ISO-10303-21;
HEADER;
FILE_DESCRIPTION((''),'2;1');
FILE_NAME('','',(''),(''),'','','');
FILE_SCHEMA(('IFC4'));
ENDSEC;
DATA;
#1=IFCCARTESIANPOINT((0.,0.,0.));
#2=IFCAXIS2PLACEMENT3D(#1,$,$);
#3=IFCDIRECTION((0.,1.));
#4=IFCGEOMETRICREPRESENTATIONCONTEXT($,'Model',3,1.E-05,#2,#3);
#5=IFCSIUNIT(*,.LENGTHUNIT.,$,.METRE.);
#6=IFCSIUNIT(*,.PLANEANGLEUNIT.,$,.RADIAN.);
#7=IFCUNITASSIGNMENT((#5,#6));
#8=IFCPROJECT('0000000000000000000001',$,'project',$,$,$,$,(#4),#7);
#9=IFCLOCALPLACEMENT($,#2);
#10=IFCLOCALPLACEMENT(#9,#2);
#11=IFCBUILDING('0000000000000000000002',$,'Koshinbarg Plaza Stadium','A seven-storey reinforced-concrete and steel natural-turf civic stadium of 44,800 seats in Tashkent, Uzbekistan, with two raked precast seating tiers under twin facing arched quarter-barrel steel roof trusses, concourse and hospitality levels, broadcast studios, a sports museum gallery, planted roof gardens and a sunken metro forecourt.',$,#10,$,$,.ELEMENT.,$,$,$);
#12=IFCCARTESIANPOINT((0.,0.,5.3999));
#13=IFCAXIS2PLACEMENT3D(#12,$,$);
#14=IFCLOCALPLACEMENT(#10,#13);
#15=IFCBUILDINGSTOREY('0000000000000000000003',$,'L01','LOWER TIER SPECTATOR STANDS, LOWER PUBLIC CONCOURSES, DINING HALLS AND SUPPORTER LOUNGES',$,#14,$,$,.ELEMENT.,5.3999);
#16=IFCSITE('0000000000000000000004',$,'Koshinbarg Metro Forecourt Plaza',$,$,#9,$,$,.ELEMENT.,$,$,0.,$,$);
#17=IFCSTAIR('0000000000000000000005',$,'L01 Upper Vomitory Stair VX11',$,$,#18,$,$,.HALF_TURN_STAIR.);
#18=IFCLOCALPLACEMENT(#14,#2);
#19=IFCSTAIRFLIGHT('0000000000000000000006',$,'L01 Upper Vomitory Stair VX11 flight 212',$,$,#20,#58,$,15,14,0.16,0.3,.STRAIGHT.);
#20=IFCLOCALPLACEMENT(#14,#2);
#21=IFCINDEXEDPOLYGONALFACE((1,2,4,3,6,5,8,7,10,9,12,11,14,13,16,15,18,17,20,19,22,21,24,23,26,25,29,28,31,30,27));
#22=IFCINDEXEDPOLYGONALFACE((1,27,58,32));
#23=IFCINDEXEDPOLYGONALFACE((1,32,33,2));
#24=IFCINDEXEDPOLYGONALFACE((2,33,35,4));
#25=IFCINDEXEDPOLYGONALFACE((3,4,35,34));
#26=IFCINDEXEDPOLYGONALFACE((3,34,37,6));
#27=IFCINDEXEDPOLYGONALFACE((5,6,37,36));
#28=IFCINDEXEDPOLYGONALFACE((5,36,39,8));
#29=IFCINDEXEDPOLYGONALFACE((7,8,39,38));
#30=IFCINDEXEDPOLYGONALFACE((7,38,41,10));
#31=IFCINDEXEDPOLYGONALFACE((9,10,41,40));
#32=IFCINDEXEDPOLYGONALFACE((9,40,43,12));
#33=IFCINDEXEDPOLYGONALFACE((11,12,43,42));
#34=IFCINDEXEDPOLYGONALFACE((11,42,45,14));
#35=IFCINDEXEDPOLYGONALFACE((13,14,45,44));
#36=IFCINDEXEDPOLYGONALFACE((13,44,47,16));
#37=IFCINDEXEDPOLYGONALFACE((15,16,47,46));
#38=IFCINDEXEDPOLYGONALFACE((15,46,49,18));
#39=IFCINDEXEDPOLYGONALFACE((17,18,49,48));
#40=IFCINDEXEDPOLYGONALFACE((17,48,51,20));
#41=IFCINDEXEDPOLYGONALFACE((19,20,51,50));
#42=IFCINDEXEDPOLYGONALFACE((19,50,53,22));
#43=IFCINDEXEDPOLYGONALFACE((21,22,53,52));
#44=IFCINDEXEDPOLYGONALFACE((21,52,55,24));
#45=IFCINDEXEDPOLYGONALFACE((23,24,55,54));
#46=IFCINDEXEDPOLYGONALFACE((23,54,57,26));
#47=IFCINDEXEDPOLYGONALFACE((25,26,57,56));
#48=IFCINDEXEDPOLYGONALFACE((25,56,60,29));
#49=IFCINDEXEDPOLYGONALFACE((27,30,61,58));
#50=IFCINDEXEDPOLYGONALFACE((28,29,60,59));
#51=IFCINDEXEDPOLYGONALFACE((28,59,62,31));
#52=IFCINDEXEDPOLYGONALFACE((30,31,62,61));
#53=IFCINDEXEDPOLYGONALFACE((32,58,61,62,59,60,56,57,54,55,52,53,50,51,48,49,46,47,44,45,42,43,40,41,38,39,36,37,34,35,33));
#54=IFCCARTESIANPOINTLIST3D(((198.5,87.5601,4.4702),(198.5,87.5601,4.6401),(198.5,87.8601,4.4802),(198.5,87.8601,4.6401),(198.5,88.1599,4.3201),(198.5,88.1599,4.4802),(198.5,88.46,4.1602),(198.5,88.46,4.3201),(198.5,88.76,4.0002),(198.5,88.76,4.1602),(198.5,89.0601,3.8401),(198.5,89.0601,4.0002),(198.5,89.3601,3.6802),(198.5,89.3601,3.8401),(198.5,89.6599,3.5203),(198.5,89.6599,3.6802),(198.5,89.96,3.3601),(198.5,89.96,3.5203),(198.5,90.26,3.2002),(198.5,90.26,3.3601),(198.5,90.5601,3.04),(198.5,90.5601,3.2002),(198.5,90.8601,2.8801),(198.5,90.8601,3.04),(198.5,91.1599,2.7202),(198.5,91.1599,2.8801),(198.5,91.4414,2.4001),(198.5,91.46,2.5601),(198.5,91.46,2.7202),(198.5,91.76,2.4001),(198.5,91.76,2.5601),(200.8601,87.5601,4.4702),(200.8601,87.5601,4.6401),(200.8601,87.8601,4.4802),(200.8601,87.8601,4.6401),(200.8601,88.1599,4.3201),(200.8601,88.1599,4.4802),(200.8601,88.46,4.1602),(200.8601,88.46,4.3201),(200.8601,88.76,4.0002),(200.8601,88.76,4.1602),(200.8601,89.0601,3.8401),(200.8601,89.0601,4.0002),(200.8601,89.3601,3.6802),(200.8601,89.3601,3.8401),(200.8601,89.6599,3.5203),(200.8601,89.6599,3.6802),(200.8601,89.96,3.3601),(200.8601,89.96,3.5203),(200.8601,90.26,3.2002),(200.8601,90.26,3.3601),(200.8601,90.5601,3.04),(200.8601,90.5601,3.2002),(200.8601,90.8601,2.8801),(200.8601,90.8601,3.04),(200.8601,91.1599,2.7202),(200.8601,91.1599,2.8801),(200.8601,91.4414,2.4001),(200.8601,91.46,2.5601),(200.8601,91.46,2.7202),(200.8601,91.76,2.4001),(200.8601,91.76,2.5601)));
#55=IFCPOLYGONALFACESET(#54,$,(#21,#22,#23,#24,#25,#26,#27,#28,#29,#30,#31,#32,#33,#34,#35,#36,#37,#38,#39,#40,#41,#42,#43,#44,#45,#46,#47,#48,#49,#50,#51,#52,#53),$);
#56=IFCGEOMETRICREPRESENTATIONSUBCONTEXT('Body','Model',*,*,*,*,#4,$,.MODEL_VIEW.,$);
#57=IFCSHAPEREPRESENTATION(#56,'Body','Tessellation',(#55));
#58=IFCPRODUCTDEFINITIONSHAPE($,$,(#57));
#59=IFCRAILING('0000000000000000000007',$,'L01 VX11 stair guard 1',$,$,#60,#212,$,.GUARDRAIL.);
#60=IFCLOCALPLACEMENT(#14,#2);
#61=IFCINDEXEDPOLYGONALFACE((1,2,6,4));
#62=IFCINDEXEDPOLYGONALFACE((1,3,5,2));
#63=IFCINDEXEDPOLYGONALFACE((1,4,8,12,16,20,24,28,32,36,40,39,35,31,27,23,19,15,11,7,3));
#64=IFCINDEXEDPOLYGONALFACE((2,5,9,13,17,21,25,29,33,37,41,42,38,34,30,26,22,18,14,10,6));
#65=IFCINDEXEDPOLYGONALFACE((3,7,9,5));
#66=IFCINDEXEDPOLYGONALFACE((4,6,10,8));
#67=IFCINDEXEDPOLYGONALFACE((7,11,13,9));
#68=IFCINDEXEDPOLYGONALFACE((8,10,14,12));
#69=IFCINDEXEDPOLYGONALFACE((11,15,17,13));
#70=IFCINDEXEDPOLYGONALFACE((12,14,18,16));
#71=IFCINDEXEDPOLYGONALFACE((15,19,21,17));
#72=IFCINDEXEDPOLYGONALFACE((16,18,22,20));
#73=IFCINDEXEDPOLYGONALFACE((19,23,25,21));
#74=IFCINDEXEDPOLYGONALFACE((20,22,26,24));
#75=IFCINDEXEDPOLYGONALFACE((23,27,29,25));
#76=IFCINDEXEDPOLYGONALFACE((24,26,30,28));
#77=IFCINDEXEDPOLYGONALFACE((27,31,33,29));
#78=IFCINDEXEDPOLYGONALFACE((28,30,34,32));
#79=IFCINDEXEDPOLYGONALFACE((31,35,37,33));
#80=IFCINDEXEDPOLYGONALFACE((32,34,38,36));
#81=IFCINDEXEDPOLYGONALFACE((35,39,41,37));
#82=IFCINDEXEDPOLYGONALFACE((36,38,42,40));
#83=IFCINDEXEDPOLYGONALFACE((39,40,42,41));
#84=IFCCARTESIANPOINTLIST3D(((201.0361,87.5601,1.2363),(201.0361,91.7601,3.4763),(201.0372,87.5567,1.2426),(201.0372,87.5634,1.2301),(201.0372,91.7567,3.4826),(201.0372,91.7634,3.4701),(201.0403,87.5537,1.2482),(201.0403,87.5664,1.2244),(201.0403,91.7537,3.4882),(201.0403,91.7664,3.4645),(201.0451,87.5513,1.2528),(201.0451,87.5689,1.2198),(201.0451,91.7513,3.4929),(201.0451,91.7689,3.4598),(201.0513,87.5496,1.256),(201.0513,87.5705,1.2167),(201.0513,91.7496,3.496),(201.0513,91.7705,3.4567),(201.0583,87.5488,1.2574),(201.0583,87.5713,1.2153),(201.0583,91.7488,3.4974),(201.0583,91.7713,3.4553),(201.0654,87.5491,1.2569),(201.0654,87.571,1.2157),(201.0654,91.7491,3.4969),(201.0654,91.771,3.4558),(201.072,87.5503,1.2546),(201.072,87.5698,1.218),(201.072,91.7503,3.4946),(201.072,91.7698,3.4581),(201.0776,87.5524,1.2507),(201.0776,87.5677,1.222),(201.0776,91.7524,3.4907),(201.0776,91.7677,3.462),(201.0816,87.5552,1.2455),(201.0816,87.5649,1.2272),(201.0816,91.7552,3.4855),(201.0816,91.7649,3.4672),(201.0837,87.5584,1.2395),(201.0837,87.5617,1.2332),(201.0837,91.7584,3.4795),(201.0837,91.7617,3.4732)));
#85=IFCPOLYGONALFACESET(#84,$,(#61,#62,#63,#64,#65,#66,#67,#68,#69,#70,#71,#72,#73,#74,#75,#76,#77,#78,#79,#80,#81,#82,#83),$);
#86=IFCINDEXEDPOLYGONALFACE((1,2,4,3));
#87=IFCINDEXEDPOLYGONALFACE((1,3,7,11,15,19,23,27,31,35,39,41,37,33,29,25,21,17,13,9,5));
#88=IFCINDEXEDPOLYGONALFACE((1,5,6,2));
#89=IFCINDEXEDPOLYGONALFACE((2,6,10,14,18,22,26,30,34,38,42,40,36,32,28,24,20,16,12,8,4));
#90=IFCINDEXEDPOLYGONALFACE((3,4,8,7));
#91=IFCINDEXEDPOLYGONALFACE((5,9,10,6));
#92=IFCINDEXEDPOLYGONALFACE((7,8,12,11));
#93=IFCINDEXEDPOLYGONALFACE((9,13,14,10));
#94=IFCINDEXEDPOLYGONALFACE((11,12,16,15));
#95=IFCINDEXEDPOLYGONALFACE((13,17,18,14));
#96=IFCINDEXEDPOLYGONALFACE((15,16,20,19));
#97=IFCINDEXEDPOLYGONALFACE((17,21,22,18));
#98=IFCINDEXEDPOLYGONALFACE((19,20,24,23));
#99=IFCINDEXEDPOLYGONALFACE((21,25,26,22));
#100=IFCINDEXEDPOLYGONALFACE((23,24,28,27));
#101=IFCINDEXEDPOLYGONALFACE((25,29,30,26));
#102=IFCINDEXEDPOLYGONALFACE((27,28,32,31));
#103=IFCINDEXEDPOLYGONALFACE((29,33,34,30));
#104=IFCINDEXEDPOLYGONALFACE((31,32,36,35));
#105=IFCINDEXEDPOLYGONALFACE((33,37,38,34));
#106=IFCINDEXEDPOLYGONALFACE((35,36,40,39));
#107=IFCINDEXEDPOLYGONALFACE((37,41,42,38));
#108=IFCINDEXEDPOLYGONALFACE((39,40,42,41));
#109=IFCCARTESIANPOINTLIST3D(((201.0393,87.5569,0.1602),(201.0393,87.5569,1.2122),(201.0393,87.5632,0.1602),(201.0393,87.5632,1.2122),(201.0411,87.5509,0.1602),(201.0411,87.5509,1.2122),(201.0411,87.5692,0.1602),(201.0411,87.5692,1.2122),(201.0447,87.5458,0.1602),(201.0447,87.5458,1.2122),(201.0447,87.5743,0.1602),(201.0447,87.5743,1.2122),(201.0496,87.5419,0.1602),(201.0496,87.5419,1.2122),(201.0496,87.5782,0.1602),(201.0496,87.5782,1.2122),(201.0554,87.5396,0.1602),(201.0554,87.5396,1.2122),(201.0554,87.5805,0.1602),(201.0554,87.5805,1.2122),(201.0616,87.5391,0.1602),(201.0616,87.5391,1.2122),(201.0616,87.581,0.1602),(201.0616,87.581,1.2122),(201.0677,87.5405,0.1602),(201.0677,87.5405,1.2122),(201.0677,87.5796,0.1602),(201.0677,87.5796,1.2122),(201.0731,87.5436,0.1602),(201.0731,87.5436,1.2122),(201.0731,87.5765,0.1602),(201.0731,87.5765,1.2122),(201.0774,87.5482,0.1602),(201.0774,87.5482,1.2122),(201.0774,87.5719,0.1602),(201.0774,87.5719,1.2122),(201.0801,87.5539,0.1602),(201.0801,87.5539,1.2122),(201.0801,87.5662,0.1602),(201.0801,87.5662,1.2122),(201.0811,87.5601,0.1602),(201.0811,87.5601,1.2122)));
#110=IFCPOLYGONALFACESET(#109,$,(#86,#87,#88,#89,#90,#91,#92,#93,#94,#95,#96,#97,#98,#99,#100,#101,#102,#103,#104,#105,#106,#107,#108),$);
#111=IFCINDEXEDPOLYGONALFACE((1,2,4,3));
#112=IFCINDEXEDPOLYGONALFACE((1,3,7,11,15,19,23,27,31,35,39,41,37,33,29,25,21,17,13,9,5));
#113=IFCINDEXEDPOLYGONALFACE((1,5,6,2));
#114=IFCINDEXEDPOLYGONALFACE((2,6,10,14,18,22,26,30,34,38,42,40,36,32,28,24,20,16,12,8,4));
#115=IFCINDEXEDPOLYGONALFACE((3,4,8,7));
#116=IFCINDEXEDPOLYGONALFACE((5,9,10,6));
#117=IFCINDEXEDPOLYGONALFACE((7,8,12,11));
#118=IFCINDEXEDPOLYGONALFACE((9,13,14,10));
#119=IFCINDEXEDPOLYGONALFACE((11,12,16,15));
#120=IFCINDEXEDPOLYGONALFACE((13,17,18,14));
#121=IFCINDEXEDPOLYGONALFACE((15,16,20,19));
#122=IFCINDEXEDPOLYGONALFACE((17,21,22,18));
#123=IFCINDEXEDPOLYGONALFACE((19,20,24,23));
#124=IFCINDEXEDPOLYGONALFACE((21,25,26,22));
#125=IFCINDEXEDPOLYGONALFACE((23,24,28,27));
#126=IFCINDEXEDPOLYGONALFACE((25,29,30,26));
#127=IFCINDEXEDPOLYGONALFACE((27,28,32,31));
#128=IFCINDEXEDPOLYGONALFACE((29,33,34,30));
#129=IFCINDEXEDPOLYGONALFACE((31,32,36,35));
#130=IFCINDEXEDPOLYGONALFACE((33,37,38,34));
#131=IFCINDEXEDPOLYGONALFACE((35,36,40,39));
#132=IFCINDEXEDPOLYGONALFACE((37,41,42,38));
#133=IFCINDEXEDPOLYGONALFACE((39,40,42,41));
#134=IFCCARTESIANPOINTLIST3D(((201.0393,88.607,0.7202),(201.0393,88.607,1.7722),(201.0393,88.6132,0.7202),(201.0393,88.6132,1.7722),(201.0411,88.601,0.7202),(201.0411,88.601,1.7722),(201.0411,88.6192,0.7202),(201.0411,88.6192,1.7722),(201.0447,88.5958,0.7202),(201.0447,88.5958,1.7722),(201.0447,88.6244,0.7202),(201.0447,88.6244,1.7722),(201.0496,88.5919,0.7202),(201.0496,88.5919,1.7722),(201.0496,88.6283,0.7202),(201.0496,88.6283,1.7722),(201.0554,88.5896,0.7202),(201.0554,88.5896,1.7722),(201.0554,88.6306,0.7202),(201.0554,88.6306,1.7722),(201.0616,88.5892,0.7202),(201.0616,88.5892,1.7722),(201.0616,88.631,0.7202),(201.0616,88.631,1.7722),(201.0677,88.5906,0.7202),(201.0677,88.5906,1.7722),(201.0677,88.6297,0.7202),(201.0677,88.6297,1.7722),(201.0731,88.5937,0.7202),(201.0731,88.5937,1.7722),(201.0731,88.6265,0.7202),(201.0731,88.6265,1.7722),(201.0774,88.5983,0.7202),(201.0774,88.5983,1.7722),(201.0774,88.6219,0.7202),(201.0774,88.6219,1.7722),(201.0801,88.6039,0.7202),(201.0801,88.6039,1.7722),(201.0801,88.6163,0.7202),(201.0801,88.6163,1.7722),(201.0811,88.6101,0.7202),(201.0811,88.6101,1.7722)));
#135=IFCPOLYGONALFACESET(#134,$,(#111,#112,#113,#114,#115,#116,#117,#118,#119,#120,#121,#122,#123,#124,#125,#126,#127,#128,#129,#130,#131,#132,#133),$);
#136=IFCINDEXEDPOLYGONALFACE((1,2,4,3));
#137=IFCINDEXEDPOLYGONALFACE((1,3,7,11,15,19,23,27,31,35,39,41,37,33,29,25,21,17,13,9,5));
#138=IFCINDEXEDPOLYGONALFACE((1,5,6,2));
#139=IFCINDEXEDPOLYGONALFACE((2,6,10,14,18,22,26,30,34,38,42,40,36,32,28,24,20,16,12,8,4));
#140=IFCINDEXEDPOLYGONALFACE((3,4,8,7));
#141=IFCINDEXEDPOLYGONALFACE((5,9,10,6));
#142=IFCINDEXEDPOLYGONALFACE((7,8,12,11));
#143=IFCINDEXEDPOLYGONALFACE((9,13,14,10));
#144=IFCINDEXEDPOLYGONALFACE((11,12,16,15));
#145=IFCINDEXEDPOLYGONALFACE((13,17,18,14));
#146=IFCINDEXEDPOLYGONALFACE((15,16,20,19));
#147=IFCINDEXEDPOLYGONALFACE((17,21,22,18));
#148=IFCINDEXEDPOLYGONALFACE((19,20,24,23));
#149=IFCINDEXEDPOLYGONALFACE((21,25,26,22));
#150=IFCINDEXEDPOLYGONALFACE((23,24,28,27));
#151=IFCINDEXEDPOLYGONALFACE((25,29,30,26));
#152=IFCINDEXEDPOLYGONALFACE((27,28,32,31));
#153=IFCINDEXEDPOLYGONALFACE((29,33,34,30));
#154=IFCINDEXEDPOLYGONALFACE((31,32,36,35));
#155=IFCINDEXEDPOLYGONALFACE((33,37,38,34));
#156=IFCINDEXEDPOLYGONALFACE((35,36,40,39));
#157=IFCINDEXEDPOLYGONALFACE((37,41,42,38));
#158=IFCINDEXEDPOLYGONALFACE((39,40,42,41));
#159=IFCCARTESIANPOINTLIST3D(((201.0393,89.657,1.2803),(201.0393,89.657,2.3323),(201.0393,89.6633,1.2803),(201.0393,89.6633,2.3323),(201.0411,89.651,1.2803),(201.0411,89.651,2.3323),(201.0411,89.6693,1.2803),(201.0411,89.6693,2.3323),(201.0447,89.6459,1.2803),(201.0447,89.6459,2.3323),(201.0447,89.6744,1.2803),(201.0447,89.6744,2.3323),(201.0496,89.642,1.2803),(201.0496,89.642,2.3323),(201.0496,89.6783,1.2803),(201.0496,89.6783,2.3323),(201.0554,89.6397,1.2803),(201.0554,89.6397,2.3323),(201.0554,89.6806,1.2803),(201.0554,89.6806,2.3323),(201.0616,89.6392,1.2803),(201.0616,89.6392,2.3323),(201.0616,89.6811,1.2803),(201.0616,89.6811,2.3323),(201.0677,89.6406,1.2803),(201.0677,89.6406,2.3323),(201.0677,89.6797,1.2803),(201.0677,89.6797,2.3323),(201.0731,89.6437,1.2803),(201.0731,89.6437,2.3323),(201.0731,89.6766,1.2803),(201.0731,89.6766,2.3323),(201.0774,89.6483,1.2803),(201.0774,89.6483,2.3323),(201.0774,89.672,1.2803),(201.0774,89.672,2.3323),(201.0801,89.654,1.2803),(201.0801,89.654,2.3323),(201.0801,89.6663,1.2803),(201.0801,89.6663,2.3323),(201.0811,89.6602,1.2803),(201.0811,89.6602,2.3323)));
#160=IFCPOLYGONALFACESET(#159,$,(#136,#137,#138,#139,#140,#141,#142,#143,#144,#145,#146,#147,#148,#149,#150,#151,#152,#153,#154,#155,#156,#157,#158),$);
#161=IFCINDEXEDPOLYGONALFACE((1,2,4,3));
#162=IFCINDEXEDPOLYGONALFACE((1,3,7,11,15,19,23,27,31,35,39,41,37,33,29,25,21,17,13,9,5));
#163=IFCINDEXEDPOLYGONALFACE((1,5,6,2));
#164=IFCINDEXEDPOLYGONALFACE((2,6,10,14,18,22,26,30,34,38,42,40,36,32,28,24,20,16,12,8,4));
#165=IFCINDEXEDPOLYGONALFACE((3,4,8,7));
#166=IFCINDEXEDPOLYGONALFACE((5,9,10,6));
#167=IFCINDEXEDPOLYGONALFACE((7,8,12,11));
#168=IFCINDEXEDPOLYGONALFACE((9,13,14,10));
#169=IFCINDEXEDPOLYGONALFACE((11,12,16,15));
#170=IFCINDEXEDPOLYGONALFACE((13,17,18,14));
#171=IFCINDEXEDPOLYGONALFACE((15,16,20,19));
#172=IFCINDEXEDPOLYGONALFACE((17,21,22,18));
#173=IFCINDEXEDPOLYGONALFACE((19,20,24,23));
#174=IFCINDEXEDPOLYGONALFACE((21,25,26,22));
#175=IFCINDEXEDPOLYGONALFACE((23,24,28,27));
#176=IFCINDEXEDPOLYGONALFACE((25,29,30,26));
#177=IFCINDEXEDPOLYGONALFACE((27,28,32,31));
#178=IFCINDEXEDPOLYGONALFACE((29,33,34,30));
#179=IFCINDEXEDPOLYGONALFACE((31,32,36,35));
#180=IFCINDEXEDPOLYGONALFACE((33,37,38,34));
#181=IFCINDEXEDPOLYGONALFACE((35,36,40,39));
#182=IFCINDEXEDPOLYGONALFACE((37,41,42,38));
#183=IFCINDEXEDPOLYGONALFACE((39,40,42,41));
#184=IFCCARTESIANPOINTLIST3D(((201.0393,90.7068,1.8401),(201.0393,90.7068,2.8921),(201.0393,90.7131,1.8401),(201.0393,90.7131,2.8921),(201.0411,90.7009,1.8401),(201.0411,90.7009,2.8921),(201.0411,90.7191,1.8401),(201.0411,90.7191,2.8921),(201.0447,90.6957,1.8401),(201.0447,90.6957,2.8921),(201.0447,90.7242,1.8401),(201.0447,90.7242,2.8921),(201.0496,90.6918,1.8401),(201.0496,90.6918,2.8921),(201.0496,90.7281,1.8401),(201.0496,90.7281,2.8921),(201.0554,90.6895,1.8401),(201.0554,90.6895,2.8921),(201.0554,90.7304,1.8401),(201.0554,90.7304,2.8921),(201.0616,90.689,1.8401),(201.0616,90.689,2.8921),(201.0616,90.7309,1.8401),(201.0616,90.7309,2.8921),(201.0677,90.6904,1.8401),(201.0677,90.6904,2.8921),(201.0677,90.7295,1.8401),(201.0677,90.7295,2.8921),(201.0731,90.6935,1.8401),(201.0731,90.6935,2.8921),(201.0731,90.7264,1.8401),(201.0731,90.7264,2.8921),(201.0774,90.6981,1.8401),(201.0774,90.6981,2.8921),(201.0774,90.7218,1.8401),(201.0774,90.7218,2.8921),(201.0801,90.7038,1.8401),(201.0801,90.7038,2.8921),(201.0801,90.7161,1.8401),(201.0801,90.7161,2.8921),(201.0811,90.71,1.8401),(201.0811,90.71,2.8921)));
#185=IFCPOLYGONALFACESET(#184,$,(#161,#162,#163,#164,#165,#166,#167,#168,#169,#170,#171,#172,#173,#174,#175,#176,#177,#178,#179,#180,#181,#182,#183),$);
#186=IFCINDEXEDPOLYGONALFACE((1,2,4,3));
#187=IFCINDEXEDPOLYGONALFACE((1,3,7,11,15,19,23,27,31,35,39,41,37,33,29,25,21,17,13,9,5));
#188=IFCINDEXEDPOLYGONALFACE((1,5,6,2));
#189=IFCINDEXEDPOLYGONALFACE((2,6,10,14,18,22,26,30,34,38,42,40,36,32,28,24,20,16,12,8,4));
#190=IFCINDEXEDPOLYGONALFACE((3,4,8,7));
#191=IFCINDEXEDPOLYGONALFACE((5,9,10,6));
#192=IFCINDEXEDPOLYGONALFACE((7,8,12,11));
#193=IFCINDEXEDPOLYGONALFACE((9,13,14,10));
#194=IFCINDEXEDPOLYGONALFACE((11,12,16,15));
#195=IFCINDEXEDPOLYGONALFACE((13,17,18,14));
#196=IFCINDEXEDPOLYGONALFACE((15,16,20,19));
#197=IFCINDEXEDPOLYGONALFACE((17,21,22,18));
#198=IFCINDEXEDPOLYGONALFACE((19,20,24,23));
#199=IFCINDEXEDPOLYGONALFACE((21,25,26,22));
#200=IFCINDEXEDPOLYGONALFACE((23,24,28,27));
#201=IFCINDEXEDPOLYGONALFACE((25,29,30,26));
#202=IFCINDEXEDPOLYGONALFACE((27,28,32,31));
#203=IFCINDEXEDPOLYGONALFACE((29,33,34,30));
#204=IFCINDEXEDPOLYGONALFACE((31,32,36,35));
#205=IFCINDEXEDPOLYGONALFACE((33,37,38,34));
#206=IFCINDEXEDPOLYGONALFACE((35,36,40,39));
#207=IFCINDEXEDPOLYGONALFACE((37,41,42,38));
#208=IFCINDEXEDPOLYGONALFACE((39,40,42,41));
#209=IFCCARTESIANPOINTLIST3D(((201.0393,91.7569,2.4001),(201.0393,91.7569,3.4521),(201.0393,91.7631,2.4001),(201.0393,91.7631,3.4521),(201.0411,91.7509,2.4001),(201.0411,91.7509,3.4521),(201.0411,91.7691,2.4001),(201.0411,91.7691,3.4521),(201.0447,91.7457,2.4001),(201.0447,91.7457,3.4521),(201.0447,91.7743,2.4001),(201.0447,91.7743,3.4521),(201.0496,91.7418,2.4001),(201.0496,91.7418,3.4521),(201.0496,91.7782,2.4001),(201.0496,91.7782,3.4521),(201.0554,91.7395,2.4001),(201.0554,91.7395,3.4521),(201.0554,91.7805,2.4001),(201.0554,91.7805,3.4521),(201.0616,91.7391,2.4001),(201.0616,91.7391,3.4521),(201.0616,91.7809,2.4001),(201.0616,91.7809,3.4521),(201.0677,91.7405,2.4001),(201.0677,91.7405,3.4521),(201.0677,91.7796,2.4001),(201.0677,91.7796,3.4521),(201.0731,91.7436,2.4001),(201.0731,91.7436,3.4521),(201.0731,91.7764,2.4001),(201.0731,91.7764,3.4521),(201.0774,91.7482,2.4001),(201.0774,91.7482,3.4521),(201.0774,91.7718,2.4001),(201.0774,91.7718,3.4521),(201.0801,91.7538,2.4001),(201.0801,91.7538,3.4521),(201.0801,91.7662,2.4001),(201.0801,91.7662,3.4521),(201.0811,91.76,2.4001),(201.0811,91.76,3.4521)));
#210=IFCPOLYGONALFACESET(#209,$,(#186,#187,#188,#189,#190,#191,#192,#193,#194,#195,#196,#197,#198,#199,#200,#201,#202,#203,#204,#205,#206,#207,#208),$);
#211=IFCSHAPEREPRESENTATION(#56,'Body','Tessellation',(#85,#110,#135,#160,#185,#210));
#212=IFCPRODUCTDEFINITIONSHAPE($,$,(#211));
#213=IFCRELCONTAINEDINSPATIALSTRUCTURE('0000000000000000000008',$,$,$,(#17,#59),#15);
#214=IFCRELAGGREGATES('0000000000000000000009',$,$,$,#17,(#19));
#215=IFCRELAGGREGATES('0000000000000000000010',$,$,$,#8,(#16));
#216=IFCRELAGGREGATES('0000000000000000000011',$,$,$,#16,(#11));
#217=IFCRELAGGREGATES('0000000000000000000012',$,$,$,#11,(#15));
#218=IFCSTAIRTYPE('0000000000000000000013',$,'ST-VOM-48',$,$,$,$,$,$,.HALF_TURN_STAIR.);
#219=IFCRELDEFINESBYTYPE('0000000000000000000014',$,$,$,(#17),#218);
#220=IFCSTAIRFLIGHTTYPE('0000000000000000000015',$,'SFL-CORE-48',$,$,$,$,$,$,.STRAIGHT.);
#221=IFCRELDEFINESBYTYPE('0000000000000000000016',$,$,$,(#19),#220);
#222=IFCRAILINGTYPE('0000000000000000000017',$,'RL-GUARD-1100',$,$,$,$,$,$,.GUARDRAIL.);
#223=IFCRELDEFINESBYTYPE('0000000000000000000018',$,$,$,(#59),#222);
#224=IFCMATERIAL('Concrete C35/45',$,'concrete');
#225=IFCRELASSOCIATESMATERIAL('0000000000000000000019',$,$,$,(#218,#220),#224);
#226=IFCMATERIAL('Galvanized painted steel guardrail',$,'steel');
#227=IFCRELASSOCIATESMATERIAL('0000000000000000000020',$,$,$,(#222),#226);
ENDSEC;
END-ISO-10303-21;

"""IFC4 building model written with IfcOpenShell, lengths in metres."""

from ifc_helpers import new_model, si_unit, direction, frame, origin, origin_2d, place, context, subcontext, project, spatial, polyline, circle, outline, extrude, material, type_object, element, aggregate, save


model = new_model("IFC4")

# Units and contexts
model_context = context("Model", 3, precision=1e-05, world=origin(), true_north=direction((0.0, 1.0)))
body_context = subcontext(model_context, "Body", "Model", "MODEL_VIEW")
ifc_project = project(units=[si_unit("LENGTHUNIT", "METRE"), si_unit("PLANEANGLEUNIT", "RADIAN")], contexts=[model_context])

# Site, building, storey
site_placement = place(None, origin())
site = spatial("IfcSite", under=ifc_project, at=site_placement, Name="Koshinbarg Metro Forecourt Plaza", CompositionType="ELEMENT", RefElevation=0.0)
building_placement = place(site_placement, origin())
building = spatial("IfcBuilding", under=site, at=building_placement, Name="Koshinbarg Plaza Stadium", Description="A seven-storey reinforced-concrete and steel natural-turf civic stadium of 44,800 seats in Tashkent, Uzbekistan, with two raked precast seating tiers under twin facing arched quarter-barrel steel roof trusses, concourse and hospitality levels, broadcast studios, a sports museum gallery, planted roof gardens and a sunken metro forecourt.", CompositionType="ELEMENT")
storey_placement = place(building_placement, frame((0.0, 0.0, 5.3999)))
storey = spatial("IfcBuildingStorey", under=building, at=storey_placement, Name="L01", Description="LOWER TIER SPECTATOR STANDS, LOWER PUBLIC CONCOURSES, DINING HALLS AND SUPPORTER LOUNGES", CompositionType="ELEMENT", Elevation=5.3999)

# Stair, stair flight
ifc_material_1 = material(Name="Concrete C35/45", Category="concrete")
stair_type = type_object("IfcStairType", Name="ST-VOM-48", PredefinedType="HALF_TURN_STAIR", material=ifc_material_1)
stair_placement = place(storey_placement, origin())
stair = element("IfcStair", 1, at=stair_placement, inside=storey, type_object=stair_type, Name="L01 Upper Vomitory Stair VX11", PredefinedType="HALF_TURN_STAIR")
stair_flight_type = type_object("IfcStairFlightType", Name="SFL-CORE-48", PredefinedType="STRAIGHT", material=ifc_material_1)
stair_flight_1_placement = place(storey_placement, frame((199.6799, 91.76, 2.4001), z_axis=(0.0, 0.0, 1.0), x_axis=(0.0, -1.0, 0.0)))
stair_flight_1 = element("IfcStairFlight", 2, at=stair_flight_1_placement, type_object=stair_flight_type, Name="L01 Upper Vomitory Stair VX11 flight 212", NumberOfRisers=15, NumberOfTreads=14, PredefinedType="STRAIGHT", RiserHeight=0.16, TreadLength=0.3, context=body_context, shape_type="SweptSolid", body=[
    extrude(outline(polyline([(0.0, 0.0), (0.0, 0.1599), (0.3, 0.1599), (0.3, 0.3201), (0.6001, 0.3201), (0.6001, 0.48), (0.8999, 0.48), (0.8999, 0.6399), (1.2, 0.6399), (1.2, 0.8), (1.5, 0.8), (1.5, 0.96), (1.8, 0.96), (1.8, 1.1201), (2.1001, 1.1201), (2.1001, 1.28), (2.3999, 1.28), (2.3999, 1.4399), (2.7, 1.4399), (2.7, 1.6001), (3.0, 1.6001), (3.0, 1.76), (3.3, 1.76), (3.3, 1.9199), (3.6001, 1.9199), (3.6001, 2.0801), (3.8999, 2.0801), (3.8999, 2.24), (4.2, 2.24), (4.2, 2.3999), (4.2, 2.0701), (0.3186, 0.0), (0.0, 0.0)])), frame((0.0, 1.1802, 0.0), z_axis=(0.0, -1.0, 0.0), x_axis=(1.0, 0.0, 0.0)), (0.0, 0.0, 1.0), 2.3601),
])
aggregate(stair, [stair_flight_1])

# Railing
ifc_material_2 = material(Name="Galvanized painted steel guardrail", Category="steel")
railing_type_1 = type_object("IfcRailingType", Name="RL-GUARD-1100", PredefinedType="GUARDRAIL", material=ifc_material_2)
railing_1_placement = place(storey_placement, frame((201.0601, 87.5601, 0.1602)))
element("IfcRailing", 3, at=railing_1_placement, inside=storey, type_object=railing_type_1, Name="L01 VX11 stair guard 1", PredefinedType="GUARDRAIL", context=body_context, shape_type="SweptSolid", body=[
    extrude(circle(Radius=0.0239, at=origin_2d()), frame((0.0, 0.0, 1.0762), z_axis=(0.0, 0.882352, 0.470591), x_axis=(-1.0, 0.0, 0.0)), (0.0, 0.0, 1.0), 4.76),
    extrude(circle(Radius=0.021, at=origin_2d()), origin(), (0.0, 0.0, 1.0), 1.052),
    extrude(circle(Radius=0.021, at=origin_2d()), frame((0.0, 1.05, 0.5601)), (0.0, 0.0, 1.0), 1.052),
    extrude(circle(Radius=0.021, at=origin_2d()), frame((0.0, 2.1001, 1.1201)), (0.0, 0.0, 1.0), 1.052),
    extrude(circle(Radius=0.021, at=origin_2d()), frame((0.0, 3.1499, 1.6799)), (0.0, 0.0, 1.0), 1.052),
    extrude(circle(Radius=0.021, at=origin_2d()), frame((0.0, 4.2, 2.24)), (0.0, 0.0, 1.0), 1.052),
])

save(model, "model.ifc")
